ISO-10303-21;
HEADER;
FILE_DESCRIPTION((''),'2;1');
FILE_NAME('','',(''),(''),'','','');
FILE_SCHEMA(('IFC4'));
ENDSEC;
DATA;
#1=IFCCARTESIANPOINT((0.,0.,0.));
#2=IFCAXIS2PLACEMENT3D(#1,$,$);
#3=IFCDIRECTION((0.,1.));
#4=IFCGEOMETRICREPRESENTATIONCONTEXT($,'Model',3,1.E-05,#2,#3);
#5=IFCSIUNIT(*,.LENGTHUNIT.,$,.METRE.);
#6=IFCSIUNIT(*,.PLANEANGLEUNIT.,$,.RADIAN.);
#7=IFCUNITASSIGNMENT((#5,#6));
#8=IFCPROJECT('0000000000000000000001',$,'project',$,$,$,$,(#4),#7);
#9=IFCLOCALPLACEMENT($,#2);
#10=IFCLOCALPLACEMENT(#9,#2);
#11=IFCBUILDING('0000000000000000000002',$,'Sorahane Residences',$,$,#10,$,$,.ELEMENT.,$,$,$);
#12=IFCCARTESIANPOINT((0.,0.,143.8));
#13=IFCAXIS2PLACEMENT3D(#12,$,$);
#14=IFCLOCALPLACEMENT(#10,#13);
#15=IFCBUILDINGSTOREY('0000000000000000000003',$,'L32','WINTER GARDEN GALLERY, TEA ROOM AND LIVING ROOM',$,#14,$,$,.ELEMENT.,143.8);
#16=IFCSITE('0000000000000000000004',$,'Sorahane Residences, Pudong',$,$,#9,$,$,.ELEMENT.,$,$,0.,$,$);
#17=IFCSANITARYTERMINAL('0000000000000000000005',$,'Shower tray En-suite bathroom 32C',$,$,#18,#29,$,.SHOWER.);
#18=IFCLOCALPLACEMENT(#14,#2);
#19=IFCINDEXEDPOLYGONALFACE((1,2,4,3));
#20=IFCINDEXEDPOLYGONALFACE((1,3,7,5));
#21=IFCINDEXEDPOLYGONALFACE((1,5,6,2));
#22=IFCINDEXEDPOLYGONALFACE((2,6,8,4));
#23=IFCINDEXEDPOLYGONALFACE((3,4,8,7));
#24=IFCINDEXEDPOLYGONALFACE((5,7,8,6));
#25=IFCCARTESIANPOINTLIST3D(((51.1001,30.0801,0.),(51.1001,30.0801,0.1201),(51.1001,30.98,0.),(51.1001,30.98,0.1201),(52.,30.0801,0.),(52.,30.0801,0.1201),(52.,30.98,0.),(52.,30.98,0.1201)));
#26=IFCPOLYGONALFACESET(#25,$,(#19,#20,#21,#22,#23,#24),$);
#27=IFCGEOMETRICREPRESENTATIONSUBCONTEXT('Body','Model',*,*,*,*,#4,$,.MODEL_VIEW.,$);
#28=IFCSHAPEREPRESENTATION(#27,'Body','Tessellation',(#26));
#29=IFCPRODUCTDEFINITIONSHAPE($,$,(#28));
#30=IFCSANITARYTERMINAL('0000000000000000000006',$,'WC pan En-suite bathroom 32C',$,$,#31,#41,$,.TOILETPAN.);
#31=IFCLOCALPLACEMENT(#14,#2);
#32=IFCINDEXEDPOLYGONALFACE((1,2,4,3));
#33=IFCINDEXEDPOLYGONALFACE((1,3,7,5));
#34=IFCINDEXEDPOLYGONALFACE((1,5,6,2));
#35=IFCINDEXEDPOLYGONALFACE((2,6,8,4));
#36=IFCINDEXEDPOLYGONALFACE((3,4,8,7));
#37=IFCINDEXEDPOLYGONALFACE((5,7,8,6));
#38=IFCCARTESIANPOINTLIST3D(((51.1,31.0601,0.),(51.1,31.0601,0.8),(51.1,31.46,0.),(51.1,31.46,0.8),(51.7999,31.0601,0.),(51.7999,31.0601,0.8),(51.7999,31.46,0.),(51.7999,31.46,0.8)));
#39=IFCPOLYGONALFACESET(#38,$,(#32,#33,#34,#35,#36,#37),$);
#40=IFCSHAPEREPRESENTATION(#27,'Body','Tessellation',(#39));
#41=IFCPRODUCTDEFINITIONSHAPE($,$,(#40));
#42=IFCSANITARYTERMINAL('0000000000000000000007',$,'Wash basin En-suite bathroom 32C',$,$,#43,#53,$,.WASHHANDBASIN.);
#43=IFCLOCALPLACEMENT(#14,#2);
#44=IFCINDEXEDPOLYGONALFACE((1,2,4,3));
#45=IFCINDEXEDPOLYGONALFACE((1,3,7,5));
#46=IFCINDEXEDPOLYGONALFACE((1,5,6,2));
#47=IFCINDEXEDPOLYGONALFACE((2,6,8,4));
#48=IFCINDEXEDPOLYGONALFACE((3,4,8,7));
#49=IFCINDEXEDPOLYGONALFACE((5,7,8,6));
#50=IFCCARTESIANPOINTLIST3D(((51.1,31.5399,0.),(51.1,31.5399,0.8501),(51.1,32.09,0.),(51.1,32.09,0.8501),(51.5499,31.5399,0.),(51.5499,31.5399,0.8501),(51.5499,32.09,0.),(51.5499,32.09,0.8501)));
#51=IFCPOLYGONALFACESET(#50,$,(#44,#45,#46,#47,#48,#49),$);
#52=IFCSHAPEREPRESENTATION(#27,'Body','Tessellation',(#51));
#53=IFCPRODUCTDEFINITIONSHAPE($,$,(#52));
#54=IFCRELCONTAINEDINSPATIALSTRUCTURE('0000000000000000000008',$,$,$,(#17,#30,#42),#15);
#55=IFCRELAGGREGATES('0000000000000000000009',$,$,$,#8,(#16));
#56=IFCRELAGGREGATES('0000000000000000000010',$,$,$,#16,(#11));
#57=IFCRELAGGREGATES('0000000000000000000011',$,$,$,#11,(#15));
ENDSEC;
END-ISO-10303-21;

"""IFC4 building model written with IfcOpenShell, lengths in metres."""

from ifc_helpers import new_model, si_unit, direction, frame, origin, origin_2d, place, context, subcontext, project, spatial, rectangle, extrude, element, save


model = new_model("IFC4")

# Units and contexts
model_context = context("Model", 3, precision=1e-05, world=origin(), true_north=direction((0.0, 1.0)))
body_context = subcontext(model_context, "Body", "Model", "MODEL_VIEW")
ifc_project = project(units=[si_unit("LENGTHUNIT", "METRE"), si_unit("PLANEANGLEUNIT", "RADIAN")], contexts=[model_context])

# Site, building, storey
site_placement = place(None, origin())
site = spatial("IfcSite", under=ifc_project, at=site_placement, Name="Sorahane Residences, Pudong", CompositionType="ELEMENT", RefElevation=0.0)
building_placement = place(site_placement, origin())
building = spatial("IfcBuilding", under=site, at=building_placement, Name="Sorahane Residences", CompositionType="ELEMENT")
storey_placement = place(building_placement, frame((0.0, 0.0, 143.8)))
storey = spatial("IfcBuildingStorey", under=building, at=storey_placement, Name="L32", Description="WINTER GARDEN GALLERY, TEA ROOM AND LIVING ROOM", CompositionType="ELEMENT", Elevation=143.8)

# Sanitary terminals
sanitary_terminal_1_placement = place(storey_placement, frame((51.55, 30.53, 0.0), z_axis=(0.0, 0.0, 1.0), x_axis=(0.0, 1.0, 0.0)))
element("IfcSanitaryTerminal", 1, at=sanitary_terminal_1_placement, inside=storey, Name="Shower tray En-suite bathroom 32C", PredefinedType="SHOWER", context=body_context, shape_type="SweptSolid", body=[
    extrude(rectangle(XDim=0.8999, YDim=0.8999, at=origin_2d()), origin(), (0.0, 0.0, 1.0), 0.1201),
])
sanitary_terminal_2_placement = place(storey_placement, frame((51.45, 31.26, 0.0), z_axis=(0.0, 0.0, 1.0), x_axis=(0.0, 1.0, 0.0)))
element("IfcSanitaryTerminal", 2, at=sanitary_terminal_2_placement, inside=storey, Name="WC pan En-suite bathroom 32C", PredefinedType="TOILETPAN", context=body_context, shape_type="SweptSolid", body=[
    extrude(rectangle(XDim=0.3999, YDim=0.7, at=origin_2d()), origin(), (0.0, 0.0, 1.0), 0.8),
])
sanitary_terminal_3_placement = place(storey_placement, frame((51.325, 31.8149, 0.0), z_axis=(0.0, 0.0, 1.0), x_axis=(0.0, 1.0, 0.0)))
element("IfcSanitaryTerminal", 3, at=sanitary_terminal_3_placement, inside=storey, Name="Wash basin En-suite bathroom 32C", PredefinedType="WASHHANDBASIN", context=body_context, shape_type="SweptSolid", body=[
    extrude(rectangle(XDim=0.55, YDim=0.45, at=origin_2d()), origin(), (0.0, 0.0, 1.0), 0.8501),
])

save(model, "model.ifc")
